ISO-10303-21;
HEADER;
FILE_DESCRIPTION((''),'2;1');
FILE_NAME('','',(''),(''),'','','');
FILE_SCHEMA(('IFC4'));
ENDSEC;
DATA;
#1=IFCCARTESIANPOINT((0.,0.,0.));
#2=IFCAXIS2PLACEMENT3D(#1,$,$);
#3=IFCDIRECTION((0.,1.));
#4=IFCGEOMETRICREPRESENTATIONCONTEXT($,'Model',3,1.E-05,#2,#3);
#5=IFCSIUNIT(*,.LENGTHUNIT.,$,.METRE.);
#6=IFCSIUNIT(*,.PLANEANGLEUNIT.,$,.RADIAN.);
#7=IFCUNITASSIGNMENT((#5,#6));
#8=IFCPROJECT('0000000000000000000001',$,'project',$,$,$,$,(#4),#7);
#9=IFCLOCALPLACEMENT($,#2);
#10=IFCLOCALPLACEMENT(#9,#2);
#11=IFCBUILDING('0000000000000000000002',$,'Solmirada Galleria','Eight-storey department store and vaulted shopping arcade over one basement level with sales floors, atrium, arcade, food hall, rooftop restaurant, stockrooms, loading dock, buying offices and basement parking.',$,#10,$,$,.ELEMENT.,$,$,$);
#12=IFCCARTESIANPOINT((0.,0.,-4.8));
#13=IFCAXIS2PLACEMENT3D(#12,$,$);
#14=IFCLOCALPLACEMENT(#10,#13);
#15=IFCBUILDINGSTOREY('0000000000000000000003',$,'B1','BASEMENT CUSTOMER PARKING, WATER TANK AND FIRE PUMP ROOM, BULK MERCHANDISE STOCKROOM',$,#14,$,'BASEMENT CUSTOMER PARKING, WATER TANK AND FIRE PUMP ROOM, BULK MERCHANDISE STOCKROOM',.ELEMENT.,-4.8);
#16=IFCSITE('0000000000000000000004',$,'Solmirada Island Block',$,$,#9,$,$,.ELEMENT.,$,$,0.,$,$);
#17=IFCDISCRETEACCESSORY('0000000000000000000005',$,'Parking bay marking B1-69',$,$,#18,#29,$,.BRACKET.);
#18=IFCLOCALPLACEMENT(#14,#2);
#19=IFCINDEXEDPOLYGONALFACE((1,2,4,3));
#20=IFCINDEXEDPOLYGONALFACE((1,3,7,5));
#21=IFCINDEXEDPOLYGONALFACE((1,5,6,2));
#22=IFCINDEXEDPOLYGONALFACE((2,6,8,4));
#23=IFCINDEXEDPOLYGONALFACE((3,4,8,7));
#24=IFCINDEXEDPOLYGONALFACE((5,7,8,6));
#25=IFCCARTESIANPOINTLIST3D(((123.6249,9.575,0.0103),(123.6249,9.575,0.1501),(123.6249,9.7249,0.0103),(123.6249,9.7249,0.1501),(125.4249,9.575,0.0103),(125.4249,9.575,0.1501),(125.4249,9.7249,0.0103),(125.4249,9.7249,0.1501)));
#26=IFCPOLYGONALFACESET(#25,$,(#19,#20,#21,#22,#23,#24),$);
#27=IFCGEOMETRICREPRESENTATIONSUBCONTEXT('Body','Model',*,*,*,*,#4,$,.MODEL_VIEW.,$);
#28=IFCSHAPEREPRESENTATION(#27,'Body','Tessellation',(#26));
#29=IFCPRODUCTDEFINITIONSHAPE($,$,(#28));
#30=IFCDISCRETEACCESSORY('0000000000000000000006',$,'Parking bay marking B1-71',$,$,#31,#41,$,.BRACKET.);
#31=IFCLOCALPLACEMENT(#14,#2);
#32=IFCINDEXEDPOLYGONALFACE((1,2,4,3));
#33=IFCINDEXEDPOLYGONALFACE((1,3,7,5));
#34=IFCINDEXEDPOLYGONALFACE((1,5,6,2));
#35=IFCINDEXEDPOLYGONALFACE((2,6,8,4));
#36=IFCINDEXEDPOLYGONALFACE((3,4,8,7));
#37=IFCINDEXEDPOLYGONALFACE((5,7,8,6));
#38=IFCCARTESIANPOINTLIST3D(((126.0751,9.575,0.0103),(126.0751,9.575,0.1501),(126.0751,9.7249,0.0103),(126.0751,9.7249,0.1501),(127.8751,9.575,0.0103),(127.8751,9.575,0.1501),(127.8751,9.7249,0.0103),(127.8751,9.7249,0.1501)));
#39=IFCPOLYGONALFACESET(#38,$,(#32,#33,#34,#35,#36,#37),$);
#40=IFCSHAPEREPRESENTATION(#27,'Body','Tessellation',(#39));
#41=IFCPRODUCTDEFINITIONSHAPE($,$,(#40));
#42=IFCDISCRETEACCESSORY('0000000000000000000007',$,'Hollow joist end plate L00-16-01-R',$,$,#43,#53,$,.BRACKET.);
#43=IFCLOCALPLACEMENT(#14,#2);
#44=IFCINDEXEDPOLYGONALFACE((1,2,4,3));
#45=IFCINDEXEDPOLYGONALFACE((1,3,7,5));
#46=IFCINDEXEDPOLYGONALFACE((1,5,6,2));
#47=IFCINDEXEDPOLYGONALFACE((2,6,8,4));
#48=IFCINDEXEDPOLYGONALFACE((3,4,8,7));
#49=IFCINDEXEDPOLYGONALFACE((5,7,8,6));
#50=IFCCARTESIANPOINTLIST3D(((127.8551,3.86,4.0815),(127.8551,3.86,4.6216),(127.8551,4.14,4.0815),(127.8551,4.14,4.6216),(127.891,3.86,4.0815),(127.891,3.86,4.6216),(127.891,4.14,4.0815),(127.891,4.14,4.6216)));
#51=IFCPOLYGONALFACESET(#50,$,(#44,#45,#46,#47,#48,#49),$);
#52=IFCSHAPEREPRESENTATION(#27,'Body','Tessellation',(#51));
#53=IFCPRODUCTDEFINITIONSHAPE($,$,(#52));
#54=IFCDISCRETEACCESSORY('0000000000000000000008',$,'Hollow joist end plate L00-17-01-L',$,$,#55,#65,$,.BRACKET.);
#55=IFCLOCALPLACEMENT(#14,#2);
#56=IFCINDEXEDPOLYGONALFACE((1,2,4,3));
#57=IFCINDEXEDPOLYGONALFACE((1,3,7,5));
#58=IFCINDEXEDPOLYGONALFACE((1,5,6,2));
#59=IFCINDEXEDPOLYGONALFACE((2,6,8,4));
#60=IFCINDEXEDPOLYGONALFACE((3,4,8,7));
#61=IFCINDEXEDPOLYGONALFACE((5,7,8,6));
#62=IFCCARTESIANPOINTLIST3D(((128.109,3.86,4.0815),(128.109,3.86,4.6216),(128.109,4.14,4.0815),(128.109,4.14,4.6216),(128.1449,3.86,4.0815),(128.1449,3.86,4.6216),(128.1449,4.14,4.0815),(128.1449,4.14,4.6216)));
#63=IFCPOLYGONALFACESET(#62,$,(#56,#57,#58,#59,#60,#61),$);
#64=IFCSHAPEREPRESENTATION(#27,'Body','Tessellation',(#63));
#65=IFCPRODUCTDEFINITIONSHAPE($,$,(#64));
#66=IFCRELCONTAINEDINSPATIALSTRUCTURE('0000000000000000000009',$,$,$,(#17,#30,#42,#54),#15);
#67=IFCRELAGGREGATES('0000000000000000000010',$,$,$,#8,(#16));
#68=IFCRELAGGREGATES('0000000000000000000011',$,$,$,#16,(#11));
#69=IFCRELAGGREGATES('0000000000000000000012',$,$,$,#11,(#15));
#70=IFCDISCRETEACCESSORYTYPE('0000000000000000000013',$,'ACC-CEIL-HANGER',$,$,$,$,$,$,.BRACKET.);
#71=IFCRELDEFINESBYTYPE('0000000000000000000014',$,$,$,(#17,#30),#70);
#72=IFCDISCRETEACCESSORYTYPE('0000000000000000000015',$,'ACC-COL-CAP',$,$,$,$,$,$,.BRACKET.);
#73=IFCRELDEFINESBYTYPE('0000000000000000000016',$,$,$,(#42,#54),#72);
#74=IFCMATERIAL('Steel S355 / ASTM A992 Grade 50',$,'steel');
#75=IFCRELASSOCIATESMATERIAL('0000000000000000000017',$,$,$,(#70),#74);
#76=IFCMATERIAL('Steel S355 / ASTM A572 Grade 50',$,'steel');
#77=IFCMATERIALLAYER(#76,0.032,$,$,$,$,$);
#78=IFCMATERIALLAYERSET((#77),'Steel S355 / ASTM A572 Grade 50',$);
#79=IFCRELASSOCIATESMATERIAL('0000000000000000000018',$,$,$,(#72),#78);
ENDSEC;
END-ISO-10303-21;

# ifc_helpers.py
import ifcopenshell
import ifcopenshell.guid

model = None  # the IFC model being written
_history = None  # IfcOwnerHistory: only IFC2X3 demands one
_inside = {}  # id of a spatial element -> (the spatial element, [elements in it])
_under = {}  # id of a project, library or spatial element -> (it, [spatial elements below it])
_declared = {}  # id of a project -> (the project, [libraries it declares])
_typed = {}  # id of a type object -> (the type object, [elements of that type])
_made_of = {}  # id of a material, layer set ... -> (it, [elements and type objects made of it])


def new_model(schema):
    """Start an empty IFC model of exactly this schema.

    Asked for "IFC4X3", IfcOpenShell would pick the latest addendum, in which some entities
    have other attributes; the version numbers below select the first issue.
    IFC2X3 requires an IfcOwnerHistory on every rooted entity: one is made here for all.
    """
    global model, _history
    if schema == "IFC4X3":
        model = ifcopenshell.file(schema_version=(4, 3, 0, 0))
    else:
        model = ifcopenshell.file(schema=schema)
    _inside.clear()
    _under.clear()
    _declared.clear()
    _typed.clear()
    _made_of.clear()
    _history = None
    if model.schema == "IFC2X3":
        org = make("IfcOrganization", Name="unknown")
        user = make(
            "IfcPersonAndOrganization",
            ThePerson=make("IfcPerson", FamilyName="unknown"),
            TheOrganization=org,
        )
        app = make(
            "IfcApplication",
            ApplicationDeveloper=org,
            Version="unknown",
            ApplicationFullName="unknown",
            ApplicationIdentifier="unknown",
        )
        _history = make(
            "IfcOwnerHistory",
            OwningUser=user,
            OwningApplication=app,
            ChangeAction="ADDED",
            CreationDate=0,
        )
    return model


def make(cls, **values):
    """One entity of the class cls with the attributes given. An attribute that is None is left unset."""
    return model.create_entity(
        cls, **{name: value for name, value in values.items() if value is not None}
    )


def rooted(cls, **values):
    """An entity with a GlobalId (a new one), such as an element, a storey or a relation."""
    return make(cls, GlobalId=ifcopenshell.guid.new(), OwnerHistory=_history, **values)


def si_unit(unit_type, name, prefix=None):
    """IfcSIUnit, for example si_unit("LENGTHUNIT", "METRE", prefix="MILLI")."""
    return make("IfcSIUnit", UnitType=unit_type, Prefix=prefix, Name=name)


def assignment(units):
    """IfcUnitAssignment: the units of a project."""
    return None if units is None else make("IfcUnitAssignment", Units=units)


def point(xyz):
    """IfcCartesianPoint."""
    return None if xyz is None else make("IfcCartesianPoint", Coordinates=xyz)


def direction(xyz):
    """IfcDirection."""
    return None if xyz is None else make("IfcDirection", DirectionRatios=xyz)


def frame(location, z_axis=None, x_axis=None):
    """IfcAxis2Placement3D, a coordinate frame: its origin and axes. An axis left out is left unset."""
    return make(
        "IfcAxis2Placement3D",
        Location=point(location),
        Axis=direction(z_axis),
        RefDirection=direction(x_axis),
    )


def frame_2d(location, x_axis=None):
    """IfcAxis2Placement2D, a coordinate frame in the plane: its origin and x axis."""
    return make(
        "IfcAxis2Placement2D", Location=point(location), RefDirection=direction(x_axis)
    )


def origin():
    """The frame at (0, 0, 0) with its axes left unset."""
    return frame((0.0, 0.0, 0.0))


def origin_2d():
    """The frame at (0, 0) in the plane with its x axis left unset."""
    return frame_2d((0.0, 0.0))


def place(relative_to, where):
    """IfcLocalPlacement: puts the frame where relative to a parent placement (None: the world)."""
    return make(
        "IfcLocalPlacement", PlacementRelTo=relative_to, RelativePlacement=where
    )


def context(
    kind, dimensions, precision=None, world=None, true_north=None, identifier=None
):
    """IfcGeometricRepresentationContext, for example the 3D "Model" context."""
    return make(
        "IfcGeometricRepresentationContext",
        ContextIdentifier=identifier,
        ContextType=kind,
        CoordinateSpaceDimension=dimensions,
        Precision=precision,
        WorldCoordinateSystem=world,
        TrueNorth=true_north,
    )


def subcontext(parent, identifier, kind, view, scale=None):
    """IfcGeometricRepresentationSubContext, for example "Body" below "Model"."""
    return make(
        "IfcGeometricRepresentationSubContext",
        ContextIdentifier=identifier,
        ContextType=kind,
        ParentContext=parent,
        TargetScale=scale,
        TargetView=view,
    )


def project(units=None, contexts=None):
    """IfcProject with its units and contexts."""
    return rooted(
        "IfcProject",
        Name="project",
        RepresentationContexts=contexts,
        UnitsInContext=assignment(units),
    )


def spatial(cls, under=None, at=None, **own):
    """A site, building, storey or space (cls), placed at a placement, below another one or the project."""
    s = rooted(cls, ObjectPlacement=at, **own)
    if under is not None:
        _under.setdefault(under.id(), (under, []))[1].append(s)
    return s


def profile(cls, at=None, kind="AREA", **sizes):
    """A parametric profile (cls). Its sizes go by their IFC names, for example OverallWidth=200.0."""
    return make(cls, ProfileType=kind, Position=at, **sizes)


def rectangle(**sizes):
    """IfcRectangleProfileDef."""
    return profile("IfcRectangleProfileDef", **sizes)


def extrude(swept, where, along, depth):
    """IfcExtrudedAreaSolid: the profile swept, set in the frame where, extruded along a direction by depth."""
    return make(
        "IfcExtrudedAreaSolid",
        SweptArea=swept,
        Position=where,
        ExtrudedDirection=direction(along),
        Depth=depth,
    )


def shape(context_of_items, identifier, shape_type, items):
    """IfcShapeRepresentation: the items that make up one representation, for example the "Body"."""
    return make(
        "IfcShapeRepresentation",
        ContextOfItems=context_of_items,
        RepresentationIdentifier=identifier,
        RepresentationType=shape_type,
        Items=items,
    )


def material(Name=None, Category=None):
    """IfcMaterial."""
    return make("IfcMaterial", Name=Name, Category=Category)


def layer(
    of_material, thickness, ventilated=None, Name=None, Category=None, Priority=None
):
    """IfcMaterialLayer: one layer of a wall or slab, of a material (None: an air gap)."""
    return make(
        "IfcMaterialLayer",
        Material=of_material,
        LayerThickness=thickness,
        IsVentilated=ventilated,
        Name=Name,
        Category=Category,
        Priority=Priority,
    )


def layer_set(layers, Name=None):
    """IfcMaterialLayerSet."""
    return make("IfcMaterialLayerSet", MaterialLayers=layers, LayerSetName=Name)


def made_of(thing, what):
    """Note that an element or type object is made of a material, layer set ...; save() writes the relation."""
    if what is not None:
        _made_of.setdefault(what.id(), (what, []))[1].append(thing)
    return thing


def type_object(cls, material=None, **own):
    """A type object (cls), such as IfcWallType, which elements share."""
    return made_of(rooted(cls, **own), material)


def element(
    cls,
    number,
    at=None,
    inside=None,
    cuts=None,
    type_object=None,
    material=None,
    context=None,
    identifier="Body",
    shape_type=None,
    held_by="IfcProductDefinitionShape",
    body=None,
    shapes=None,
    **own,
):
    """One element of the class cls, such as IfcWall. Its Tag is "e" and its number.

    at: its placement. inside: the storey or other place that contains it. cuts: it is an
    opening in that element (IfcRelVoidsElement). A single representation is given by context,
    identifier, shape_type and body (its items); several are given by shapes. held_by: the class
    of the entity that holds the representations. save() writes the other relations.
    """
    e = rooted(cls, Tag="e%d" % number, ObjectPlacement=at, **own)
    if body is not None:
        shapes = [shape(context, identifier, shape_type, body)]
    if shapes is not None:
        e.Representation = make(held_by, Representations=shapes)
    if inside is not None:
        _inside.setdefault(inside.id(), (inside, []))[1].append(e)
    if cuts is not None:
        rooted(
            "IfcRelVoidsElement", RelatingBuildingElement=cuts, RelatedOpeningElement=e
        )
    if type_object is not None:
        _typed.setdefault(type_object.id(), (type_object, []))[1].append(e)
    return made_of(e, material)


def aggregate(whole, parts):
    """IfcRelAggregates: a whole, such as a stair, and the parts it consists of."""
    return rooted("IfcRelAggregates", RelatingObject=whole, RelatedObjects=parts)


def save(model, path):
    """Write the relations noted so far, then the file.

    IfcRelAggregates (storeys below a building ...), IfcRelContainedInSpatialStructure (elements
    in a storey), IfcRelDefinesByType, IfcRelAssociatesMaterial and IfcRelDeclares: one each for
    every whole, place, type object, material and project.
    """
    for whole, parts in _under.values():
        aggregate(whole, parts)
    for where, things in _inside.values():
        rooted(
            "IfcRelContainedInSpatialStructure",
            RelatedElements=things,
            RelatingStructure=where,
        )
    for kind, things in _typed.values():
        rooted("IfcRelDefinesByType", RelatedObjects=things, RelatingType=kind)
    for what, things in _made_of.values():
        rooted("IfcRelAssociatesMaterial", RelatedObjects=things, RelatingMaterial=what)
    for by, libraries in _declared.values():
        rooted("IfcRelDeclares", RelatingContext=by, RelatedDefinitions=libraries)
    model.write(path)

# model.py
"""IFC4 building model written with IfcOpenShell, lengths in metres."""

from ifc_helpers import new_model, si_unit, direction, frame, origin, origin_2d, place, context, subcontext, project, spatial, rectangle, extrude, material, layer, layer_set, type_object, element, save


model = new_model("IFC4")

# Units and contexts
model_context = context("Model", 3, precision=1e-05, world=origin(), true_north=direction((0.0, 1.0)))
body_context = subcontext(model_context, "Body", "Model", "MODEL_VIEW")
ifc_project = project(units=[si_unit("LENGTHUNIT", "METRE"), si_unit("PLANEANGLEUNIT", "RADIAN")], contexts=[model_context])

# Site, building, storey
site_placement = place(None, origin())
site = spatial("IfcSite", under=ifc_project, at=site_placement, Name="Solmirada Island Block", CompositionType="ELEMENT", RefElevation=0.0)
building_placement = place(site_placement, origin())
building = spatial("IfcBuilding", under=site, at=building_placement, Name="Solmirada Galleria", Description="Eight-storey department store and vaulted shopping arcade over one basement level with sales floors, atrium, arcade, food hall, rooftop restaurant, stockrooms, loading dock, buying offices and basement parking.", CompositionType="ELEMENT")
storey_placement = place(building_placement, frame((0.0, 0.0, -4.8)))
storey = spatial("IfcBuildingStorey", under=building, at=storey_placement, Name="B1", Description="BASEMENT CUSTOMER PARKING, WATER TANK AND FIRE PUMP ROOM, BULK MERCHANDISE STOCKROOM", LongName="BASEMENT CUSTOMER PARKING, WATER TANK AND FIRE PUMP ROOM, BULK MERCHANDISE STOCKROOM", CompositionType="ELEMENT", Elevation=-4.8)

# Shared definitions
ifc_material_1 = material(Name="Steel S355 / ASTM A992 Grade 50", Category="steel")

# Discrete accessories
discrete_accessory_type_1 = type_object("IfcDiscreteAccessoryType", Name="ACC-CEIL-HANGER", PredefinedType="BRACKET", material=ifc_material_1)
for number, where, z_axis, x_axis, name in (
    (1, (124.5249, 9.6499, 0.0103), (0.0, 0.0, 1.0), (1.0, 0.0, 0.0), "Parking bay marking B1-69"),
    (2, (126.9751, 9.6499, 0.0103), (0.0, 0.0, 1.0), (1.0, 0.0, 0.0), "Parking bay marking B1-71"),
):
    element("IfcDiscreteAccessory", number, at=place(storey_placement, frame(where, z_axis=z_axis, x_axis=x_axis)), inside=storey, type_object=discrete_accessory_type_1, Name=name, PredefinedType="BRACKET", context=body_context, shape_type="SweptSolid", body=[
        extrude(rectangle(XDim=1.8, YDim=0.1499, at=origin_2d()), origin(), (0.0, 0.0, 1.0), 0.1399),
    ])
ifc_material_2 = material(Name="Steel S355 / ASTM A572 Grade 50", Category="steel")
ifc_layer_1 = layer(ifc_material_2, 0.032)
ifc_layer_set_1 = layer_set([ifc_layer_1], Name="Steel S355 / ASTM A572 Grade 50")
discrete_accessory_type_2 = type_object("IfcDiscreteAccessoryType", Name="ACC-COL-CAP", PredefinedType="BRACKET", material=ifc_layer_set_1)
for number, where, z_axis, x_axis, name in (
    (3, (127.873, 4.0, 4.0815), (0.0, 0.0, 1.0), (1.0, 0.0, 0.0), "Hollow joist end plate L00-16-01-R"),
    (4, (128.127, 4.0, 4.0815), (0.0, 0.0, 1.0), (1.0, 0.0, 0.0), "Hollow joist end plate L00-17-01-L"),
):
    element("IfcDiscreteAccessory", number, at=place(storey_placement, frame(where, z_axis=z_axis, x_axis=x_axis)), inside=storey, type_object=discrete_accessory_type_2, Name=name, PredefinedType="BRACKET", context=body_context, shape_type="SweptSolid", body=[
        extrude(rectangle(XDim=0.0359, YDim=0.28, at=origin_2d()), origin(), (0.0, 0.0, 1.0), 0.54),
    ])

save(model, "model.ifc")
